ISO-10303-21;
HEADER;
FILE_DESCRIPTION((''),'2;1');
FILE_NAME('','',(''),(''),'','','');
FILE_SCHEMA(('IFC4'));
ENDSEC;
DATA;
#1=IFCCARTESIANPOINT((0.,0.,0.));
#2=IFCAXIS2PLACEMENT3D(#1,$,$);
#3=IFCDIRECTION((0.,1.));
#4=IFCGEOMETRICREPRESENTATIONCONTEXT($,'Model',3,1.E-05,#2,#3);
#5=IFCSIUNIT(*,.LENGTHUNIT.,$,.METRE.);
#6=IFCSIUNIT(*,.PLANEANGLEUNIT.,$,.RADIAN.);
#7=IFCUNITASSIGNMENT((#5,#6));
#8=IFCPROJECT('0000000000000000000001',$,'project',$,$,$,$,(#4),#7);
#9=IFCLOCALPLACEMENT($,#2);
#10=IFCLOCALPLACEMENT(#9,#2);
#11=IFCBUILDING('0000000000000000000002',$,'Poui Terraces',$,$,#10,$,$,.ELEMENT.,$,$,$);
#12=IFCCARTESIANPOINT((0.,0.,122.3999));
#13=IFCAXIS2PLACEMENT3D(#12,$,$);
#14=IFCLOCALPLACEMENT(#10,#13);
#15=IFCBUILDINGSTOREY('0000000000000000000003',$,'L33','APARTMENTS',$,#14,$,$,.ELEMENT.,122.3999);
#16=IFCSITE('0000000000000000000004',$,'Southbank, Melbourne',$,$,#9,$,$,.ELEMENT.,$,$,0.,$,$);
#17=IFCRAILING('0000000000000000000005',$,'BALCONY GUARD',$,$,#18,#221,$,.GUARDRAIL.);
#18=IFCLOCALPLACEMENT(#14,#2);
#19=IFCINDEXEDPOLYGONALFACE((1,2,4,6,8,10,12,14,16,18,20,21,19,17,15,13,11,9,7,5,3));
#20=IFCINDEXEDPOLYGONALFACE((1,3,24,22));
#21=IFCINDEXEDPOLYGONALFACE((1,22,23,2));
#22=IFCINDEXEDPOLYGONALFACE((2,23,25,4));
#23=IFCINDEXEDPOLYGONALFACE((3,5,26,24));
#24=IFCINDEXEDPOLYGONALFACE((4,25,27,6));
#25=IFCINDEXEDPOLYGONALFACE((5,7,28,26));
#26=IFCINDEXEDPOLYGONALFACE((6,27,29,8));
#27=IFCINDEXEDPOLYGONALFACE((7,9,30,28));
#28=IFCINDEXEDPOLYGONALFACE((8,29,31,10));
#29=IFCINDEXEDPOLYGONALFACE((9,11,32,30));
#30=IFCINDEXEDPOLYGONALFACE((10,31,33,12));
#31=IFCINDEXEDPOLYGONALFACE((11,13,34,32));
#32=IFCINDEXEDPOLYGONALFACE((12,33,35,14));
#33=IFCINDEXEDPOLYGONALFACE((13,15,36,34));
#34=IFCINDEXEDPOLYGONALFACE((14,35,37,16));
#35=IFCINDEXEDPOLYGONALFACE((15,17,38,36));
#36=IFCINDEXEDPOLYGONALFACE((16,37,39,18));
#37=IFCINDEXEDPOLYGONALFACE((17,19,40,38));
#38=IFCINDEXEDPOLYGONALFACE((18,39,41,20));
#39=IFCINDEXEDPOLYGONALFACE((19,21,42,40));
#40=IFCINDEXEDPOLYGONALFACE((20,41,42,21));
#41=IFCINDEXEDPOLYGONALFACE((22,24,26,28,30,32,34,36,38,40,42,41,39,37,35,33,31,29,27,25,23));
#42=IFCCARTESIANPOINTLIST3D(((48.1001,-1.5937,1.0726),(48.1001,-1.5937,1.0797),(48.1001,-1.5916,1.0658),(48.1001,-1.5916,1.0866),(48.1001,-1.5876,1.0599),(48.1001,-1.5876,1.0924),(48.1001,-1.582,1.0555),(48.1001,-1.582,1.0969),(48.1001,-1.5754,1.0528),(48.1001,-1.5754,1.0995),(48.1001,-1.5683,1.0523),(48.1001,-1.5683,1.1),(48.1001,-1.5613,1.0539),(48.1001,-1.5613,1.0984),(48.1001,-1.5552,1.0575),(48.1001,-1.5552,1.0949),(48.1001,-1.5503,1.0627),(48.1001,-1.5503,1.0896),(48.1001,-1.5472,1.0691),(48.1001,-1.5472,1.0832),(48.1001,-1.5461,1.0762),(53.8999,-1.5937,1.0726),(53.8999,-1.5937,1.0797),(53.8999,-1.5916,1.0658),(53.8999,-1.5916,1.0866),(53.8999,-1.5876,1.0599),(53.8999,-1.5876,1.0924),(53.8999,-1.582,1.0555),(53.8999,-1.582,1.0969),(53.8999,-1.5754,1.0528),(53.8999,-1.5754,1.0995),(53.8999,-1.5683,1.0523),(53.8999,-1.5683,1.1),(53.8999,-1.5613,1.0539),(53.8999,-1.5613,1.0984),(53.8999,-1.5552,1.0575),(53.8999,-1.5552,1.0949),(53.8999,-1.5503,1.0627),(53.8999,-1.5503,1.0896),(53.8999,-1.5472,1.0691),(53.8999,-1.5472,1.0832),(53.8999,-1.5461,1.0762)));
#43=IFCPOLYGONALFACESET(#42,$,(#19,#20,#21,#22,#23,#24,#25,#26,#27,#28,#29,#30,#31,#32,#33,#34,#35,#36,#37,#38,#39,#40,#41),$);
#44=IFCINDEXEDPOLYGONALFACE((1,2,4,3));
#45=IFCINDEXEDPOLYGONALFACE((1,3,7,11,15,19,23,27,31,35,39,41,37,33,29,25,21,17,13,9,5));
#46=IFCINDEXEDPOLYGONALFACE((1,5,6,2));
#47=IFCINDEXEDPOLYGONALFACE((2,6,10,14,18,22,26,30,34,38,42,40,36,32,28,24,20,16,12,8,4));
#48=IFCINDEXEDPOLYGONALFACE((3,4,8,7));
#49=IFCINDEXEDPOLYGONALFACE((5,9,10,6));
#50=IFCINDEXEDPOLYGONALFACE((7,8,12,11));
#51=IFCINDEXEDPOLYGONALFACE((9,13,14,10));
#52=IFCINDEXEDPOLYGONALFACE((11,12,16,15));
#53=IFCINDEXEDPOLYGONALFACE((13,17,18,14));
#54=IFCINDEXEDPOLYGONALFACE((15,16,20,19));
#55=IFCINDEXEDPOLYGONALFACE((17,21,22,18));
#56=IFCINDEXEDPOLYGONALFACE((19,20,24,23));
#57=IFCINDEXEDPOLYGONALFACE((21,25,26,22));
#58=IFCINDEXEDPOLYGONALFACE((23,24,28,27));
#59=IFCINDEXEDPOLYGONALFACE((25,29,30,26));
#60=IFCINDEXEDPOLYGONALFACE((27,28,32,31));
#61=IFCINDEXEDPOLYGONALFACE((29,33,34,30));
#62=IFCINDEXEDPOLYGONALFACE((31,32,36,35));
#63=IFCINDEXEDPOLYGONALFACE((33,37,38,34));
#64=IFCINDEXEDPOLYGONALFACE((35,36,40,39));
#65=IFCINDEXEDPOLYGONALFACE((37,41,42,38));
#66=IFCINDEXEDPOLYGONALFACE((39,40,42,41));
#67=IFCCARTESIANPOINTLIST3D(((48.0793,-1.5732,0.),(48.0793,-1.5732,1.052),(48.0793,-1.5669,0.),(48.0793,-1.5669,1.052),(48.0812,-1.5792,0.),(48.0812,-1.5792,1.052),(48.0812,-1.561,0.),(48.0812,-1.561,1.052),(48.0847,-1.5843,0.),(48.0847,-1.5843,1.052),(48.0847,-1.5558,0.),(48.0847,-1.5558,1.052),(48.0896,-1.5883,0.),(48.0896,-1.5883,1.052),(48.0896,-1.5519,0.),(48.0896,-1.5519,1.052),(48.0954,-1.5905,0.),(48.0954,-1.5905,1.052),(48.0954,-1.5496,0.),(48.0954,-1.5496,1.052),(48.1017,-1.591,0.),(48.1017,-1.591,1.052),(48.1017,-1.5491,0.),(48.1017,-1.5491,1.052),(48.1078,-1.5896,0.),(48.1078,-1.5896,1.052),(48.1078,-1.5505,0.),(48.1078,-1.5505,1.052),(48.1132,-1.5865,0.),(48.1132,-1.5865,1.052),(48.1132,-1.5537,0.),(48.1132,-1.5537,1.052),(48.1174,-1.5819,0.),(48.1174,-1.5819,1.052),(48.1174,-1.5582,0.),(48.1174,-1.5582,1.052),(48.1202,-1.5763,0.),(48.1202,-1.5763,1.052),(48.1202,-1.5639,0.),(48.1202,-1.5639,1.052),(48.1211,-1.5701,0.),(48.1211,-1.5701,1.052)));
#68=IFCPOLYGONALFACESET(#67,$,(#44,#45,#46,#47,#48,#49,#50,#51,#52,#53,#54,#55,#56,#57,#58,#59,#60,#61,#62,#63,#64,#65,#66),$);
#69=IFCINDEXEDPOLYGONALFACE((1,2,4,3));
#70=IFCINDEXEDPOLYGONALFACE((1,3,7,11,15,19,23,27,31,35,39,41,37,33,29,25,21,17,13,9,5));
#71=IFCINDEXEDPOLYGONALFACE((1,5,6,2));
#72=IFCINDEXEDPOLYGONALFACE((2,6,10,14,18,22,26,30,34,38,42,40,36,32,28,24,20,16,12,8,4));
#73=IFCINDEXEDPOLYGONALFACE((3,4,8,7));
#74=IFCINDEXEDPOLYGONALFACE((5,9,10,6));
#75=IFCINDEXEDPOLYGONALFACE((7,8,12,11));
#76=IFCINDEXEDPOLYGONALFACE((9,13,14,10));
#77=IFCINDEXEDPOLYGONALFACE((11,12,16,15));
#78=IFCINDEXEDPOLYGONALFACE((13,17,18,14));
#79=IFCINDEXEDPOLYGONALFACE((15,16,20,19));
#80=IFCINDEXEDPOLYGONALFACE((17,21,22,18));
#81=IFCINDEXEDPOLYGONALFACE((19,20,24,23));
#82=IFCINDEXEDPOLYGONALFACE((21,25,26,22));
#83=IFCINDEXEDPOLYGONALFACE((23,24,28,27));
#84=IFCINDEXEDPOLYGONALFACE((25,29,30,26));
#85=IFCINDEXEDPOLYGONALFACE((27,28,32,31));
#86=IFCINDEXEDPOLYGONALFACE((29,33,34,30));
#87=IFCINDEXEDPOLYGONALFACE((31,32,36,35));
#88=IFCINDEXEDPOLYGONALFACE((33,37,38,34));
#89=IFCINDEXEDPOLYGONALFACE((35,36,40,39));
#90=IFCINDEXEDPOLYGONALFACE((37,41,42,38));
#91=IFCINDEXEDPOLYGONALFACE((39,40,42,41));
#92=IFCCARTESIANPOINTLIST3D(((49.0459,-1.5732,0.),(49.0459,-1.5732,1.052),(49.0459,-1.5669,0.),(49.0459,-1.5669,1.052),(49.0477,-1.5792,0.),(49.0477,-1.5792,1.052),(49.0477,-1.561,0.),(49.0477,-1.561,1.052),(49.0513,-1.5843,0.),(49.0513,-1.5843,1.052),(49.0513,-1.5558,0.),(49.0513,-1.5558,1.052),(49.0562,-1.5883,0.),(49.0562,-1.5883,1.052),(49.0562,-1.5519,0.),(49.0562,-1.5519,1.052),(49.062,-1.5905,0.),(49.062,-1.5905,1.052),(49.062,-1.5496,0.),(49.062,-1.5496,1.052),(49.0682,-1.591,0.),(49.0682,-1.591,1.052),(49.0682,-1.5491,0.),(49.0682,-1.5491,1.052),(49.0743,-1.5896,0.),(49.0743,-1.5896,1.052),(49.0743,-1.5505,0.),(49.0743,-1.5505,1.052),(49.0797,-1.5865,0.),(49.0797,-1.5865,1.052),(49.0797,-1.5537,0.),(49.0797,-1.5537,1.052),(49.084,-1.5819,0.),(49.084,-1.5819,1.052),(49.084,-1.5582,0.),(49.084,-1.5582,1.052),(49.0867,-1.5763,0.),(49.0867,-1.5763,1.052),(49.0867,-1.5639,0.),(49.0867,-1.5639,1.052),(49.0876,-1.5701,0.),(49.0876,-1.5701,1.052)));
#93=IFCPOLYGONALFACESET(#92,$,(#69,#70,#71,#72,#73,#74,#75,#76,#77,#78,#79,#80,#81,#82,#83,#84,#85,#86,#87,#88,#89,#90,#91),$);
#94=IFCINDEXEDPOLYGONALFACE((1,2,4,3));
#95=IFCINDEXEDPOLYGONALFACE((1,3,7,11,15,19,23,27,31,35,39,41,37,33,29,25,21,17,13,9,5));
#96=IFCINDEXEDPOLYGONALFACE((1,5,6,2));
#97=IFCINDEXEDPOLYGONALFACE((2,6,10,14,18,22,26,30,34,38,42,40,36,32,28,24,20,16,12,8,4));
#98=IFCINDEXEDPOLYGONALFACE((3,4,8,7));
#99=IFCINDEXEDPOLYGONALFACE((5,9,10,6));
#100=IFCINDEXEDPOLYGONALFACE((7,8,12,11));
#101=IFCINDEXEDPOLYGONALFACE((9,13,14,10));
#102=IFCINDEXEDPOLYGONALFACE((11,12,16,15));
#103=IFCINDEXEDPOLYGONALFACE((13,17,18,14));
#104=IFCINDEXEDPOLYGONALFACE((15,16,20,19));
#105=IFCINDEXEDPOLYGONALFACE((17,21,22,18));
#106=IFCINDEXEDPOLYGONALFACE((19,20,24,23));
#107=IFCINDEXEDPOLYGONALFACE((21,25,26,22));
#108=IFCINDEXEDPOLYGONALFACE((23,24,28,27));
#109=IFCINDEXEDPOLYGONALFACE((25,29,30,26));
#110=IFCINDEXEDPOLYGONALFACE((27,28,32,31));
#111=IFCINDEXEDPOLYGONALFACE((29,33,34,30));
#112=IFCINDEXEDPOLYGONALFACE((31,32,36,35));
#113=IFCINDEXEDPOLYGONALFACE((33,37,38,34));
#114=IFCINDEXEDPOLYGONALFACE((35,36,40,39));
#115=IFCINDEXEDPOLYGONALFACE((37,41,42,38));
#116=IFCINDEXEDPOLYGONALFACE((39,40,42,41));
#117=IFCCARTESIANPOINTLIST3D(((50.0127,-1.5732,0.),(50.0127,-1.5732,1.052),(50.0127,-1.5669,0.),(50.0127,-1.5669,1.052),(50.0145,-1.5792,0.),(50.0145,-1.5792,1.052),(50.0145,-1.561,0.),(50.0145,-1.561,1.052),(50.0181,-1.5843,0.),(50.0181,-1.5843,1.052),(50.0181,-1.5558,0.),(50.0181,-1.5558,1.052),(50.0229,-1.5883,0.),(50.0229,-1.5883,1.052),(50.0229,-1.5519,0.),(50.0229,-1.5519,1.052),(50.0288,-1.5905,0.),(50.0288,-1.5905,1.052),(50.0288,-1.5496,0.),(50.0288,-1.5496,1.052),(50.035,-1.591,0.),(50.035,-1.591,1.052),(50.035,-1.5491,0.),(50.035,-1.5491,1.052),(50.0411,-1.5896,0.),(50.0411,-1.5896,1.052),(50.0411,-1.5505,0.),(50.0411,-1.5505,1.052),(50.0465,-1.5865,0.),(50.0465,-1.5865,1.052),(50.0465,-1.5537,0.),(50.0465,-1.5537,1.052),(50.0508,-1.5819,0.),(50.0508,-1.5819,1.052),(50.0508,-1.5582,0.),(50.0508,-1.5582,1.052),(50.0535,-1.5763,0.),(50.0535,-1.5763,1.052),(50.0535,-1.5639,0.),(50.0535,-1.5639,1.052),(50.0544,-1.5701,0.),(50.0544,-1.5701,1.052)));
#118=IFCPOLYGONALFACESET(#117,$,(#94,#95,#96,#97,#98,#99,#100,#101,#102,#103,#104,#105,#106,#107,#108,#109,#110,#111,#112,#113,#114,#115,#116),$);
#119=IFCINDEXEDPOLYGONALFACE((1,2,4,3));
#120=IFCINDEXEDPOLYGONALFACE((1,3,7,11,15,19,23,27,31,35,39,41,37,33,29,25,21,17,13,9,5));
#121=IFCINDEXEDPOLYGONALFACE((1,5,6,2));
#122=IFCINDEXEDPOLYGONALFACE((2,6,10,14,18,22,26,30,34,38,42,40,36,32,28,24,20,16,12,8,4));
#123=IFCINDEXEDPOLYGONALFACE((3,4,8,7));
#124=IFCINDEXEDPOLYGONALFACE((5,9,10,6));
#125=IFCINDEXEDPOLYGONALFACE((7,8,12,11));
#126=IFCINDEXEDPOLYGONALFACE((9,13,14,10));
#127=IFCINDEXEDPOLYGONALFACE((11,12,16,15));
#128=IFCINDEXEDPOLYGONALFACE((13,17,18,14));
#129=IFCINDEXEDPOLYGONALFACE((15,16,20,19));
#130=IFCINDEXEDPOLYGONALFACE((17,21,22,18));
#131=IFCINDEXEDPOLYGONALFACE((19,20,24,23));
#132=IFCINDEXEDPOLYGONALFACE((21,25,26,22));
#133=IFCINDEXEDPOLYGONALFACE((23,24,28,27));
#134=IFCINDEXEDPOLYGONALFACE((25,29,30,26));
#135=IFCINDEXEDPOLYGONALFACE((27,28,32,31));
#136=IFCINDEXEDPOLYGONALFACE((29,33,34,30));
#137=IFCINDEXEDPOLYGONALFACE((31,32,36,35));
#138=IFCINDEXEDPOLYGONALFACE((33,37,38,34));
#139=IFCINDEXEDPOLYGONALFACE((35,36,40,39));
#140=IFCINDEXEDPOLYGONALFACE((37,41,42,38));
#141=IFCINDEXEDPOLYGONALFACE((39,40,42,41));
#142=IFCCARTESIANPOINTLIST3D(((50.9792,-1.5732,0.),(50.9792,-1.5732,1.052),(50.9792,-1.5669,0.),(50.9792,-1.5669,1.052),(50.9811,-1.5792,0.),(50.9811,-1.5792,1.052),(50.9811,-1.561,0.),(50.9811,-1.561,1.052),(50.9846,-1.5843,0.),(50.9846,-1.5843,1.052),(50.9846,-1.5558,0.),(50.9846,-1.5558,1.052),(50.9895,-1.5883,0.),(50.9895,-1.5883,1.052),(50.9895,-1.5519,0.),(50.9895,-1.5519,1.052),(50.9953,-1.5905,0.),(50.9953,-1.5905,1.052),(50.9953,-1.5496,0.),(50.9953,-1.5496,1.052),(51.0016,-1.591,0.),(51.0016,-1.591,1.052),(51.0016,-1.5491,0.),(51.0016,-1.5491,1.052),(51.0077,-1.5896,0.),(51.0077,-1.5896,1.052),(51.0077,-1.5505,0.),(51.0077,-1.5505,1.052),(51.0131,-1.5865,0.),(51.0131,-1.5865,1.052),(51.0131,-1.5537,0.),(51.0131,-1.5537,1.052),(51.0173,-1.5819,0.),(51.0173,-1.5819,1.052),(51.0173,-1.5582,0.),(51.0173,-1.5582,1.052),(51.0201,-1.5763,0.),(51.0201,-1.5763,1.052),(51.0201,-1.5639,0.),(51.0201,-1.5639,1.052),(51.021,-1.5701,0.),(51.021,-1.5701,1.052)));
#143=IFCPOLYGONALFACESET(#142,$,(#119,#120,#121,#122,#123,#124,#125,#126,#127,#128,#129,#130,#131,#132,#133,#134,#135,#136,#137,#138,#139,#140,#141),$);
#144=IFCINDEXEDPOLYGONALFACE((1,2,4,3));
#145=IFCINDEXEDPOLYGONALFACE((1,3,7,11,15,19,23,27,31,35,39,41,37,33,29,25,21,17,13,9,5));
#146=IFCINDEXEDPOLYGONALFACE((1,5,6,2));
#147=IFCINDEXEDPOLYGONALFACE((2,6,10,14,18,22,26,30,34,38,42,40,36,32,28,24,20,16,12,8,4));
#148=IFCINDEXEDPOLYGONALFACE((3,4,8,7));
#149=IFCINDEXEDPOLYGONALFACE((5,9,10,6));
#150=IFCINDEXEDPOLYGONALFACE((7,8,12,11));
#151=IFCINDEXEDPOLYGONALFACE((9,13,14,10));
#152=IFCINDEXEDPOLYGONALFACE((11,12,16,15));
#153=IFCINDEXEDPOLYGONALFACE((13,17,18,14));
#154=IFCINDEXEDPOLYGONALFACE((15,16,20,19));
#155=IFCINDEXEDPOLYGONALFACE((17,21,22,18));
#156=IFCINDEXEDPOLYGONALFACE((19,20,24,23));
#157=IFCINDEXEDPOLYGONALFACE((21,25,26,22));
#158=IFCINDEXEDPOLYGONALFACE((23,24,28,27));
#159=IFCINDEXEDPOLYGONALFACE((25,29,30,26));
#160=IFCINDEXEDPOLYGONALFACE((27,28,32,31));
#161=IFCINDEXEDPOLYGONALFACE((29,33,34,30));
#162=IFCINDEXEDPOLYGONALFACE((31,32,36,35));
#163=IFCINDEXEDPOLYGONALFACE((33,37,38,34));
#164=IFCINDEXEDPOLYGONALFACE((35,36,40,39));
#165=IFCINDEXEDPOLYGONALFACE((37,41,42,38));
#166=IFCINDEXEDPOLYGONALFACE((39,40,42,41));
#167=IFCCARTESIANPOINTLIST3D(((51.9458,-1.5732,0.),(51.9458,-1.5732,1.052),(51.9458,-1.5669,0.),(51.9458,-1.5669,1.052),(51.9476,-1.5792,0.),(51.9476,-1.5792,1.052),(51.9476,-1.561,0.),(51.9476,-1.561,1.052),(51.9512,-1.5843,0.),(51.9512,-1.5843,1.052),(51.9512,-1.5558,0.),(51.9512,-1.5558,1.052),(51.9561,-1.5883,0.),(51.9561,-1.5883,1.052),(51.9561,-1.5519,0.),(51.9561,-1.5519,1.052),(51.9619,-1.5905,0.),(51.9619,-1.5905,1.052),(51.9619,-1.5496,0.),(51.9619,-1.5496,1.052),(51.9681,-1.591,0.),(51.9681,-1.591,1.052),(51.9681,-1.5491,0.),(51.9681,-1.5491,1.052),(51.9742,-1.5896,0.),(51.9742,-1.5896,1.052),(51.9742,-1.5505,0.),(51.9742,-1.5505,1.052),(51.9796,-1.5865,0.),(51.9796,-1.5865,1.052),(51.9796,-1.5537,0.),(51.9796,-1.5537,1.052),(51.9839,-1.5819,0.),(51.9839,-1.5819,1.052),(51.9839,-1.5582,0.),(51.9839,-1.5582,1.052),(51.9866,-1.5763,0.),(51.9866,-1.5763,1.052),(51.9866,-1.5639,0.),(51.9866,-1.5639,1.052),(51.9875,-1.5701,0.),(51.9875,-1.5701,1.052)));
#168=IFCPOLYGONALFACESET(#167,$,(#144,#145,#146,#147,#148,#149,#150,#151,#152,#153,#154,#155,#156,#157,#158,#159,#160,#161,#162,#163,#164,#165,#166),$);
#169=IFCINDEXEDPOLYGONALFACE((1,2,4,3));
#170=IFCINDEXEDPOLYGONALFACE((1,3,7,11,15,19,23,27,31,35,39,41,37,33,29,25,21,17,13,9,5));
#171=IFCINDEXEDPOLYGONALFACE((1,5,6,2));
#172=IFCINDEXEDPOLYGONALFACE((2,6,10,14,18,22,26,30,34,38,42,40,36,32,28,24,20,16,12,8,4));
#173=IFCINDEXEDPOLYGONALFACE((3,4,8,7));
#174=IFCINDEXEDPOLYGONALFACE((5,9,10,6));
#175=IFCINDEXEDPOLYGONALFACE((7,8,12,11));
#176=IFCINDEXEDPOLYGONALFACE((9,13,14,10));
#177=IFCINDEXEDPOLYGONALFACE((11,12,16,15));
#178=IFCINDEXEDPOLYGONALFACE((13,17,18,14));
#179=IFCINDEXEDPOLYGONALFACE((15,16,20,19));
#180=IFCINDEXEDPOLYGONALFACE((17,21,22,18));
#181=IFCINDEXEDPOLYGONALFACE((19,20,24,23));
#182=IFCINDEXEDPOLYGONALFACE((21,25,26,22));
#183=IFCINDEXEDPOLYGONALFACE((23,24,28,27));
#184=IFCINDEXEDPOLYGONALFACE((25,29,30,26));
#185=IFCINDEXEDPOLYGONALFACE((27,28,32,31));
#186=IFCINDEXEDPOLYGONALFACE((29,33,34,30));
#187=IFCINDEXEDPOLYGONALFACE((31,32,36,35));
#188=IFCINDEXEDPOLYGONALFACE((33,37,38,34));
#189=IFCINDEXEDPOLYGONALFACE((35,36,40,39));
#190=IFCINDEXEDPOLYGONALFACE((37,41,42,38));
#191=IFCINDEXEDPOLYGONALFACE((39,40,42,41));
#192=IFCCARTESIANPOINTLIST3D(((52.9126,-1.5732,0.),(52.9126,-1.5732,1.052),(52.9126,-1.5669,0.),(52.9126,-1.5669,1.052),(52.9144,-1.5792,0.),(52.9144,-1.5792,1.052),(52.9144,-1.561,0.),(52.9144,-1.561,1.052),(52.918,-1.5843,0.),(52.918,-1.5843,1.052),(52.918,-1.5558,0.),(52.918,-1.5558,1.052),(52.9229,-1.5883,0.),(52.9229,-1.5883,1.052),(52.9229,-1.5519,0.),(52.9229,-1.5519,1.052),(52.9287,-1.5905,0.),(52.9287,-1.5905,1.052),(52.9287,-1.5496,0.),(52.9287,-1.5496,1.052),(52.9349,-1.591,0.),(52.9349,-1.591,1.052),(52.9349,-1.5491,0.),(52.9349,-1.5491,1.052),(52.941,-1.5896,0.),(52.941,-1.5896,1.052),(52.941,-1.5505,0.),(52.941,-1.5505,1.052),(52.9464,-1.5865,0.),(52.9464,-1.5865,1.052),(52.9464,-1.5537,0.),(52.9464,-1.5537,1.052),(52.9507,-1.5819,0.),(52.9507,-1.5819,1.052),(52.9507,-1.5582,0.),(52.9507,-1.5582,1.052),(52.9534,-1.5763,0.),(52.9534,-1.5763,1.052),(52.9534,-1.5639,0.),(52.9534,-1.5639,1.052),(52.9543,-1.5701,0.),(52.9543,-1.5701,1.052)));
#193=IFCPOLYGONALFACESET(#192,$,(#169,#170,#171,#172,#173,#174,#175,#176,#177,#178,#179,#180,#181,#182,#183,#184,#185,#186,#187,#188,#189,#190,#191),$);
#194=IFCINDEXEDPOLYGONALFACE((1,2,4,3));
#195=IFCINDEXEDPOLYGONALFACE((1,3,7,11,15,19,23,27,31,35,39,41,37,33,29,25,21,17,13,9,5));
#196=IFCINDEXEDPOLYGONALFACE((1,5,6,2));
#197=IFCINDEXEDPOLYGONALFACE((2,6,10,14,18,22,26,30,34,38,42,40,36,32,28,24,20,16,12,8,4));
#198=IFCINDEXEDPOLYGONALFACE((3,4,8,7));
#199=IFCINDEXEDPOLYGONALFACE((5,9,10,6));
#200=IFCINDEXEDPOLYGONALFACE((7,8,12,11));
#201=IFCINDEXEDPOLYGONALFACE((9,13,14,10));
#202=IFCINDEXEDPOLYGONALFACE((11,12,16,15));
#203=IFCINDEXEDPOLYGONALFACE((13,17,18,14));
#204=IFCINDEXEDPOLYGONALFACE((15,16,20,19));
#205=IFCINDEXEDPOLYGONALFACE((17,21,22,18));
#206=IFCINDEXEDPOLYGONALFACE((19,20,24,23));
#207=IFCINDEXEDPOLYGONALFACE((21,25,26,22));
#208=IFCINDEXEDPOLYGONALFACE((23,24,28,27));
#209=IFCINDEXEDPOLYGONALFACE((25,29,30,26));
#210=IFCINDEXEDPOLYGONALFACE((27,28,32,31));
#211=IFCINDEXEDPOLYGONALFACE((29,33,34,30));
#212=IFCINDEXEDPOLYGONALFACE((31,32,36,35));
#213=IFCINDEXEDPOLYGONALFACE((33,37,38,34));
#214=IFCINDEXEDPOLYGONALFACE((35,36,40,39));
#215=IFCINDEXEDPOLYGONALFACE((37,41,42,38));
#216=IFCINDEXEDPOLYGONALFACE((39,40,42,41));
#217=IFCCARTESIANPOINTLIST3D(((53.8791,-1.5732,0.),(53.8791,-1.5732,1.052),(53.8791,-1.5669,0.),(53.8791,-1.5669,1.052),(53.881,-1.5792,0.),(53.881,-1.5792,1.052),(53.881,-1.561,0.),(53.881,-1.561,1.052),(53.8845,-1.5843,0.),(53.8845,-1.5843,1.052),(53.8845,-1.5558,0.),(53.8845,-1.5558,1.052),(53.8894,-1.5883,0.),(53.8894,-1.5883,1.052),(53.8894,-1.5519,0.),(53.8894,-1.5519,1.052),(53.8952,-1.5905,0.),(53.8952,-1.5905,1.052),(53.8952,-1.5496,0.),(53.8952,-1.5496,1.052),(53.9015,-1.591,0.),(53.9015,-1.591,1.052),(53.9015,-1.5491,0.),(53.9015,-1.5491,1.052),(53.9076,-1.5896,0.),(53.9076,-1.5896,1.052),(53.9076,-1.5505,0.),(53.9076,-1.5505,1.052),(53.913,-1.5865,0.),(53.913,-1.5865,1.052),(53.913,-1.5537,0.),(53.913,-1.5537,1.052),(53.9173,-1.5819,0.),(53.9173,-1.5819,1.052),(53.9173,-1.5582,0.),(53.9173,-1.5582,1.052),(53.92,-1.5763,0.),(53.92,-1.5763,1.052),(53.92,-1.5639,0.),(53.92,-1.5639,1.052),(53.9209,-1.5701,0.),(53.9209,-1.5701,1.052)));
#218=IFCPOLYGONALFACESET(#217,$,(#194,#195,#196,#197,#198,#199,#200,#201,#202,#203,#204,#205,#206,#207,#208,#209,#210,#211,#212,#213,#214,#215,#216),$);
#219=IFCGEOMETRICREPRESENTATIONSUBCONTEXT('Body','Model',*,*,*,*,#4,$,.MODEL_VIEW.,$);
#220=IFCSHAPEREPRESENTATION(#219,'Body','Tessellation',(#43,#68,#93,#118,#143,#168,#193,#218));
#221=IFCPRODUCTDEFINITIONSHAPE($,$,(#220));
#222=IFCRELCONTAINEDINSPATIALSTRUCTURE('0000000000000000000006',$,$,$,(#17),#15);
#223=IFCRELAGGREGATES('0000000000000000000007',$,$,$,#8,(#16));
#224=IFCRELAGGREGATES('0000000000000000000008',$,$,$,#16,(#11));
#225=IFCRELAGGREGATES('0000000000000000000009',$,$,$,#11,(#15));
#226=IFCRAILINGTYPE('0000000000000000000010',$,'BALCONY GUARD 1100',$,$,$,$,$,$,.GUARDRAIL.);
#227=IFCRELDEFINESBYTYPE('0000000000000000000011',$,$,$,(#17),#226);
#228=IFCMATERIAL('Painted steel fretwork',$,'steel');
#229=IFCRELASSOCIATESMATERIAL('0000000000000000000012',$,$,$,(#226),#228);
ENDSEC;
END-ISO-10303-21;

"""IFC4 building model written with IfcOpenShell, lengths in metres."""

from ifc_helpers import new_model, si_unit, direction, frame, origin, origin_2d, place, context, subcontext, project, spatial, circle, extrude, material, type_object, element, save


model = new_model("IFC4")

# Units and contexts
model_context = context("Model", 3, precision=1e-05, world=origin(), true_north=direction((0.0, 1.0)))
body_context = subcontext(model_context, "Body", "Model", "MODEL_VIEW")
ifc_project = project(units=[si_unit("LENGTHUNIT", "METRE"), si_unit("PLANEANGLEUNIT", "RADIAN")], contexts=[model_context])

# Site, building, storey
site_placement = place(None, origin())
site = spatial("IfcSite", under=ifc_project, at=site_placement, Name="Southbank, Melbourne", CompositionType="ELEMENT", RefElevation=0.0)
building_placement = place(site_placement, origin())
building = spatial("IfcBuilding", under=site, at=building_placement, Name="Poui Terraces", CompositionType="ELEMENT")
storey_placement = place(building_placement, frame((0.0, 0.0, 122.3999)))
storey = spatial("IfcBuildingStorey", under=building, at=storey_placement, Name="L33", Description="APARTMENTS", CompositionType="ELEMENT", Elevation=122.3999)

# Railing
ifc_material_1 = material(Name="Painted steel fretwork", Category="steel")
railing_type = type_object("IfcRailingType", Name="BALCONY GUARD 1100", PredefinedType="GUARDRAIL", material=ifc_material_1)
railing_placement = place(storey_placement, frame((48.1001, -1.5701, 0.0)))
element("IfcRailing", 1, at=railing_placement, inside=storey, type_object=railing_type, Name="BALCONY GUARD", PredefinedType="GUARDRAIL", context=body_context, shape_type="SweptSolid", body=[
    extrude(circle(Radius=0.0239, at=origin_2d()), frame((0.0, 0.0, 1.0762), z_axis=(1.0, 0.0, 0.0), x_axis=(0.0, 1.0, 0.0)), (0.0, 0.0, 1.0), 5.7998),
    extrude(circle(Radius=0.021, at=origin_2d()), origin(), (0.0, 0.0, 1.0), 1.052),
    extrude(circle(Radius=0.021, at=origin_2d()), frame((0.9666, 0.0, 0.0)), (0.0, 0.0, 1.0), 1.052),
    extrude(circle(Radius=0.021, at=origin_2d()), frame((1.9333, 0.0, 0.0)), (0.0, 0.0, 1.0), 1.052),
    extrude(circle(Radius=0.021, at=origin_2d()), frame((2.8999, 0.0, 0.0)), (0.0, 0.0, 1.0), 1.052),
    extrude(circle(Radius=0.021, at=origin_2d()), frame((3.8665, 0.0, 0.0)), (0.0, 0.0, 1.0), 1.052),
    extrude(circle(Radius=0.021, at=origin_2d()), frame((4.8333, 0.0, 0.0)), (0.0, 0.0, 1.0), 1.052),
    extrude(circle(Radius=0.021, at=origin_2d()), frame((5.7998, 0.0, 0.0)), (0.0, 0.0, 1.0), 1.052),
])

save(model, "model.ifc")
